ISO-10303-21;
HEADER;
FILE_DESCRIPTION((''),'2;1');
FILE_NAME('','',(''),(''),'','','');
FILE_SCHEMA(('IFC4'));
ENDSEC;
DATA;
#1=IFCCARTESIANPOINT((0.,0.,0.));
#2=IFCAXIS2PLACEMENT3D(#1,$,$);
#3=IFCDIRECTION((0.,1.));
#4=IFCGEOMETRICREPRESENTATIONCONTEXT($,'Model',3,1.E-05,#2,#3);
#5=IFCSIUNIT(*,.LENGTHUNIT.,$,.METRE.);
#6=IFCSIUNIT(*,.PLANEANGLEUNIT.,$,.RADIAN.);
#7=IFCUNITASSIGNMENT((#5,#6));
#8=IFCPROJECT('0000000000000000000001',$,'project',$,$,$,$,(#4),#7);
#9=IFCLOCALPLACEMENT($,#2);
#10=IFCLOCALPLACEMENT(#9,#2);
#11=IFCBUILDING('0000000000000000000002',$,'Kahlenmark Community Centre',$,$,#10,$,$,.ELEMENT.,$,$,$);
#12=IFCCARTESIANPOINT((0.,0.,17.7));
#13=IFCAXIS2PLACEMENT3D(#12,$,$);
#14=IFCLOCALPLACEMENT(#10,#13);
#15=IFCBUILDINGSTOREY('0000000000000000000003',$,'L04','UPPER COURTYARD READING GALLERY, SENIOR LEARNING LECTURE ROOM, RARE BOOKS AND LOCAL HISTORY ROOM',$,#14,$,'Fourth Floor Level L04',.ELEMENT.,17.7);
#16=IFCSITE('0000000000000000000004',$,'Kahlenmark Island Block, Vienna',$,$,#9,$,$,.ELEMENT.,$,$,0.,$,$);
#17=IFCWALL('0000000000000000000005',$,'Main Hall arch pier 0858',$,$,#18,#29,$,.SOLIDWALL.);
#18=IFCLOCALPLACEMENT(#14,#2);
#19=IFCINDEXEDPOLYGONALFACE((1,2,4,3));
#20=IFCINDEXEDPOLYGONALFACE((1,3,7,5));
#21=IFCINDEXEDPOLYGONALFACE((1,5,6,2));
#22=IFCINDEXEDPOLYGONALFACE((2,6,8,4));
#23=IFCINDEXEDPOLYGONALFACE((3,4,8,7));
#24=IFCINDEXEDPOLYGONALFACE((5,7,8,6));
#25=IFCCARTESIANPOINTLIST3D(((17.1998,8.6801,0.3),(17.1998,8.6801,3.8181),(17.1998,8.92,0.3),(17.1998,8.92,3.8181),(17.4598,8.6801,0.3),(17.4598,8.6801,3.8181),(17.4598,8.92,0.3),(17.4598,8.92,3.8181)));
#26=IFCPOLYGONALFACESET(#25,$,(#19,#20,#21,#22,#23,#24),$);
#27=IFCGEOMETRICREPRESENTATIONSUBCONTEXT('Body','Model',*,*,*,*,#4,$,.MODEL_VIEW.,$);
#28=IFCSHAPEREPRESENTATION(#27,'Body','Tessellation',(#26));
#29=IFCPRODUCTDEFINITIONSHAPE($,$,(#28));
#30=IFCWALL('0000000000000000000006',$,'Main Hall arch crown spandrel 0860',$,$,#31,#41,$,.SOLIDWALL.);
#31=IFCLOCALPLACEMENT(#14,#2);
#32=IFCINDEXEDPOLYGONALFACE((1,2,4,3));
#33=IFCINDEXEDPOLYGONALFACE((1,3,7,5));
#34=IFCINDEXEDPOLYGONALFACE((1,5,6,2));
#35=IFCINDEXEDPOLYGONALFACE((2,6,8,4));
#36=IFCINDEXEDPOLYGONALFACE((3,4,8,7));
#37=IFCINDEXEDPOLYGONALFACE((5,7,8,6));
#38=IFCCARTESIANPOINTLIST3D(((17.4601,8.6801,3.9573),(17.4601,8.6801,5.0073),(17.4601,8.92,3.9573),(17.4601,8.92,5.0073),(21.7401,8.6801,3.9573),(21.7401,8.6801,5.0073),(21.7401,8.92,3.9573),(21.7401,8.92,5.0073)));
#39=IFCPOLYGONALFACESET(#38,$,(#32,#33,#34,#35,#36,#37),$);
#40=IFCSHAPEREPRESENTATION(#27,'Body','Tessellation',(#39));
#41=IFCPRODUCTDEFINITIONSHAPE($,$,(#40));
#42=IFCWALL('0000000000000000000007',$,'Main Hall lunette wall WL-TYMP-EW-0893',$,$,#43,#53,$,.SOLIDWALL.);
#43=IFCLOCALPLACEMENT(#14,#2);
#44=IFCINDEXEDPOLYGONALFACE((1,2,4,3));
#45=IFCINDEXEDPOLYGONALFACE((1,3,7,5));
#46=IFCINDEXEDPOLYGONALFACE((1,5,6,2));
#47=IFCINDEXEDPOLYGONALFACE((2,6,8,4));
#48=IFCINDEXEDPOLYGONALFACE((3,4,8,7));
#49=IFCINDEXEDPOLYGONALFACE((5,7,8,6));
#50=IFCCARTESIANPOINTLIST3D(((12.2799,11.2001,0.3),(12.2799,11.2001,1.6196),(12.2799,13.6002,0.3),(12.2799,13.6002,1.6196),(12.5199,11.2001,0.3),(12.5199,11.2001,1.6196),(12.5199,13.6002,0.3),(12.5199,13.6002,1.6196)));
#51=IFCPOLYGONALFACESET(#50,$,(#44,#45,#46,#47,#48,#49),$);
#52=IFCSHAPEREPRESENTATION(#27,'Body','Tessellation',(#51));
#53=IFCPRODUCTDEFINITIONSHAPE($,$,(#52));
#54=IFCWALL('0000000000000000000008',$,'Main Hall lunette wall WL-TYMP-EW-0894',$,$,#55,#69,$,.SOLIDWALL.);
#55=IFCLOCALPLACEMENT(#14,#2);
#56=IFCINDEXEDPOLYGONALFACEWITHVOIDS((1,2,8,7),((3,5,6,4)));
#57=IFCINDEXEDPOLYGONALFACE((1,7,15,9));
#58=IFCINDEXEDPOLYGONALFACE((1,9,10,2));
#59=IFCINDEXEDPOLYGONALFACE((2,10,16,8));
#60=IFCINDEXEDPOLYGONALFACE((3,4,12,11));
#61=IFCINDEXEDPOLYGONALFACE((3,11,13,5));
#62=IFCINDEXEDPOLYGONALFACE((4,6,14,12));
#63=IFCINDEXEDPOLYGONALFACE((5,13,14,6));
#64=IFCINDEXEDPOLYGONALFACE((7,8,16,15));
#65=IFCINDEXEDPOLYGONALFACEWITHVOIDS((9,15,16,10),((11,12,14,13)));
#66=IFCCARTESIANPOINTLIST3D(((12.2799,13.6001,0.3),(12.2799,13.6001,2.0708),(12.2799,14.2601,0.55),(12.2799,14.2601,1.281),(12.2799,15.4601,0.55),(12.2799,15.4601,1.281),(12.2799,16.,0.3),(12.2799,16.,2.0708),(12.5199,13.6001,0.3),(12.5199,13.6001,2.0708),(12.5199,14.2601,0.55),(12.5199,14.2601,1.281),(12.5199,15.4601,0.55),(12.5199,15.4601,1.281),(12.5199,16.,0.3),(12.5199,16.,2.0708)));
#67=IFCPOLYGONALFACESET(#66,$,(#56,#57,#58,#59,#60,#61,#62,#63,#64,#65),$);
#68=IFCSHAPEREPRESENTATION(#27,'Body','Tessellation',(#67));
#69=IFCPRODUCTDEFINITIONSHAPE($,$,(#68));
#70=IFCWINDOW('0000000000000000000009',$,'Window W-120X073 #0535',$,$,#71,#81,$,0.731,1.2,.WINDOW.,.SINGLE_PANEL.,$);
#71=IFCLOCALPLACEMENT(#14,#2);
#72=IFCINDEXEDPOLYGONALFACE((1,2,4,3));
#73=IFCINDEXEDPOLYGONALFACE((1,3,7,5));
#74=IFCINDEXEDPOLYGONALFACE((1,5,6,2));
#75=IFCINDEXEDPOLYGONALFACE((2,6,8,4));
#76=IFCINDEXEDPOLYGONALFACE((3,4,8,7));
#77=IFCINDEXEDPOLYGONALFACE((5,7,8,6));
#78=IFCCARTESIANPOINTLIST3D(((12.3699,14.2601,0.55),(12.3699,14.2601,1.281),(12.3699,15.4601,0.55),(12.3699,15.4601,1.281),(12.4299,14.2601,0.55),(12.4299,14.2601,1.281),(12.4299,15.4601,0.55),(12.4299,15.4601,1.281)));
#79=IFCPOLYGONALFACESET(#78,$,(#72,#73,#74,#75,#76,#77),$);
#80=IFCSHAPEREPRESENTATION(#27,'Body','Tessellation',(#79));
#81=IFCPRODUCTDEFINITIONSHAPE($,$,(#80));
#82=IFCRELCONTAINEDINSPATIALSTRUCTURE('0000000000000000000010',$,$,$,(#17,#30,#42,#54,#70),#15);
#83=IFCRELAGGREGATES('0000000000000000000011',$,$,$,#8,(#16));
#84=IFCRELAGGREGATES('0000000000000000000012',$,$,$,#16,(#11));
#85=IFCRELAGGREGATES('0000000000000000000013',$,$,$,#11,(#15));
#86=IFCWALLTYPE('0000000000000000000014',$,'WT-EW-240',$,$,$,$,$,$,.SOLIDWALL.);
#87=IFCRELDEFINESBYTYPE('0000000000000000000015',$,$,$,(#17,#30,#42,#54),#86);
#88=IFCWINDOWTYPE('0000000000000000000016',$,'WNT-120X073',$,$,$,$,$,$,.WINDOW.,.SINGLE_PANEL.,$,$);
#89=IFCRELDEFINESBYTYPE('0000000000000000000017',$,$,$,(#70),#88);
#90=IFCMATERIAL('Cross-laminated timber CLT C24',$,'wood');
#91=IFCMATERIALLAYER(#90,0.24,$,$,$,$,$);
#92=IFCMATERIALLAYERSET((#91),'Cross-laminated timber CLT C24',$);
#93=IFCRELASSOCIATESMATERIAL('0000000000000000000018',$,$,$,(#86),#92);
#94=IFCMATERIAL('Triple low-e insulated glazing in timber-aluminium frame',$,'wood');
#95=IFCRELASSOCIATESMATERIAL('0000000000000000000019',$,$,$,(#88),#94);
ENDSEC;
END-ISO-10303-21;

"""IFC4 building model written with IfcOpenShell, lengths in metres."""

from ifc_helpers import new_model, si_unit, direction, frame, frame_2d, origin, place, context, subcontext, project, spatial, rectangle, extrude, material, layer, layer_set, type_object, element, fill, save


model = new_model("IFC4")

# Units and contexts
model_context = context("Model", 3, precision=1e-05, world=origin(), true_north=direction((0.0, 1.0)))
body_context = subcontext(model_context, "Body", "Model", "MODEL_VIEW")
ifc_project = project(units=[si_unit("LENGTHUNIT", "METRE"), si_unit("PLANEANGLEUNIT", "RADIAN")], contexts=[model_context])

# Site, building, storey
site_placement = place(None, origin())
site = spatial("IfcSite", under=ifc_project, at=site_placement, Name="Kahlenmark Island Block, Vienna", CompositionType="ELEMENT", RefElevation=0.0)
building_placement = place(site_placement, origin())
building = spatial("IfcBuilding", under=site, at=building_placement, Name="Kahlenmark Community Centre", CompositionType="ELEMENT")
storey_placement = place(building_placement, frame((0.0, 0.0, 17.7)))
storey = spatial("IfcBuildingStorey", under=building, at=storey_placement, Name="L04", Description="UPPER COURTYARD READING GALLERY, SENIOR LEARNING LECTURE ROOM, RARE BOOKS AND LOCAL HISTORY ROOM", LongName="Fourth Floor Level L04", CompositionType="ELEMENT", Elevation=17.7)

# Walls
ifc_material_1 = material(Name="Cross-laminated timber CLT C24", Category="wood")
ifc_layer_1 = layer(ifc_material_1, 0.24)
ifc_layer_set_1 = layer_set([ifc_layer_1], Name="Cross-laminated timber CLT C24")
wall_type = type_object("IfcWallType", Name="WT-EW-240", PredefinedType="SOLIDWALL", material=ifc_layer_set_1)
wall_1_placement = place(storey_placement, frame((17.2, 8.8, 0.3), z_axis=(0.0, 0.0, 1.0), x_axis=(1.0, 0.0, 0.0)))
element("IfcWall", 1, at=wall_1_placement, inside=storey, type_object=wall_type, Name="Main Hall arch pier 0858", PredefinedType="SOLIDWALL", context=body_context, shape_type="SweptSolid", body=[
    extrude(rectangle(XDim=0.26, YDim=0.24, at=frame_2d((0.1299, 0.0))), origin(), (0.0, 0.0, 1.0), 3.5181),
])
wall_2_placement = place(storey_placement, frame((17.46, 8.8, 3.9573), z_axis=(0.0, 0.0, 1.0), x_axis=(1.0, 0.0, 0.0)))
element("IfcWall", 2, at=wall_2_placement, inside=storey, type_object=wall_type, Name="Main Hall arch crown spandrel 0860", PredefinedType="SOLIDWALL", context=body_context, shape_type="SweptSolid", body=[
    extrude(rectangle(XDim=4.28, YDim=0.24, at=frame_2d((2.1401, 0.0))), origin(), (0.0, 0.0, 1.0), 1.05),
])
wall_3_placement = place(storey_placement, frame((12.3999, 11.2, 0.3), z_axis=(0.0, 0.0, 1.0), x_axis=(0.0, 1.0, 0.0)))
element("IfcWall", 3, at=wall_3_placement, inside=storey, type_object=wall_type, Name="Main Hall lunette wall WL-TYMP-EW-0893", PredefinedType="SOLIDWALL", context=body_context, shape_type="SweptSolid", body=[
    extrude(rectangle(XDim=2.4001, YDim=0.24, at=frame_2d((1.2002, 0.0))), origin(), (0.0, 0.0, 1.0), 1.3196),
])

# Wall, opening, window
wall_4_placement = place(storey_placement, frame((12.3999, 13.6001, 0.3), z_axis=(0.0, 0.0, 1.0), x_axis=(0.0, 1.0, 0.0)))
wall_4 = element("IfcWall", 4, at=wall_4_placement, inside=storey, type_object=wall_type, Name="Main Hall lunette wall WL-TYMP-EW-0894", PredefinedType="SOLIDWALL", context=body_context, shape_type="SweptSolid", body=[
    extrude(rectangle(XDim=2.3999, YDim=0.24, at=frame_2d((1.2, 0.0))), origin(), (0.0, 0.0, 1.0), 1.7708),
])
opening_placement = place(wall_4_placement, frame((0.6599, 0.0, 0.25)))
opening = element("IfcOpeningElement", 5, at=opening_placement, cuts=wall_4, PredefinedType="OPENING", context=body_context, shape_type="SweptSolid", body=[
    extrude(rectangle(XDim=1.2, YDim=0.731, at=frame_2d((0.6001, 0.3655))), frame((0.0, 0.1299, 0.0), z_axis=(0.0, -1.0, 0.0), x_axis=(1.0, 0.0, 0.0)), (0.0, 0.0, 1.0), 0.26),
])
ifc_material_2 = material(Name="Triple low-e insulated glazing in timber-aluminium frame", Category="wood")
window_type = type_object("IfcWindowType", Name="WNT-120X073", PartitioningType="SINGLE_PANEL", PredefinedType="WINDOW", material=ifc_material_2)
window_placement = place(opening_placement, origin())
window = element("IfcWindow", 6, at=window_placement, inside=storey, type_object=window_type, Name="Window W-120X073 #0535", OverallHeight=0.731, OverallWidth=1.2, PartitioningType="SINGLE_PANEL", PredefinedType="WINDOW", context=body_context, shape_type="SweptSolid", body=[
    extrude(rectangle(XDim=1.2, YDim=0.731, at=frame_2d((0.6001, 0.3655))), frame((0.0, 0.03, 0.0), z_axis=(0.0, -1.0, 0.0), x_axis=(1.0, 0.0, 0.0)), (0.0, 0.0, 1.0), 0.0601),
])
fill(opening, window)

save(model, "model.ifc")
